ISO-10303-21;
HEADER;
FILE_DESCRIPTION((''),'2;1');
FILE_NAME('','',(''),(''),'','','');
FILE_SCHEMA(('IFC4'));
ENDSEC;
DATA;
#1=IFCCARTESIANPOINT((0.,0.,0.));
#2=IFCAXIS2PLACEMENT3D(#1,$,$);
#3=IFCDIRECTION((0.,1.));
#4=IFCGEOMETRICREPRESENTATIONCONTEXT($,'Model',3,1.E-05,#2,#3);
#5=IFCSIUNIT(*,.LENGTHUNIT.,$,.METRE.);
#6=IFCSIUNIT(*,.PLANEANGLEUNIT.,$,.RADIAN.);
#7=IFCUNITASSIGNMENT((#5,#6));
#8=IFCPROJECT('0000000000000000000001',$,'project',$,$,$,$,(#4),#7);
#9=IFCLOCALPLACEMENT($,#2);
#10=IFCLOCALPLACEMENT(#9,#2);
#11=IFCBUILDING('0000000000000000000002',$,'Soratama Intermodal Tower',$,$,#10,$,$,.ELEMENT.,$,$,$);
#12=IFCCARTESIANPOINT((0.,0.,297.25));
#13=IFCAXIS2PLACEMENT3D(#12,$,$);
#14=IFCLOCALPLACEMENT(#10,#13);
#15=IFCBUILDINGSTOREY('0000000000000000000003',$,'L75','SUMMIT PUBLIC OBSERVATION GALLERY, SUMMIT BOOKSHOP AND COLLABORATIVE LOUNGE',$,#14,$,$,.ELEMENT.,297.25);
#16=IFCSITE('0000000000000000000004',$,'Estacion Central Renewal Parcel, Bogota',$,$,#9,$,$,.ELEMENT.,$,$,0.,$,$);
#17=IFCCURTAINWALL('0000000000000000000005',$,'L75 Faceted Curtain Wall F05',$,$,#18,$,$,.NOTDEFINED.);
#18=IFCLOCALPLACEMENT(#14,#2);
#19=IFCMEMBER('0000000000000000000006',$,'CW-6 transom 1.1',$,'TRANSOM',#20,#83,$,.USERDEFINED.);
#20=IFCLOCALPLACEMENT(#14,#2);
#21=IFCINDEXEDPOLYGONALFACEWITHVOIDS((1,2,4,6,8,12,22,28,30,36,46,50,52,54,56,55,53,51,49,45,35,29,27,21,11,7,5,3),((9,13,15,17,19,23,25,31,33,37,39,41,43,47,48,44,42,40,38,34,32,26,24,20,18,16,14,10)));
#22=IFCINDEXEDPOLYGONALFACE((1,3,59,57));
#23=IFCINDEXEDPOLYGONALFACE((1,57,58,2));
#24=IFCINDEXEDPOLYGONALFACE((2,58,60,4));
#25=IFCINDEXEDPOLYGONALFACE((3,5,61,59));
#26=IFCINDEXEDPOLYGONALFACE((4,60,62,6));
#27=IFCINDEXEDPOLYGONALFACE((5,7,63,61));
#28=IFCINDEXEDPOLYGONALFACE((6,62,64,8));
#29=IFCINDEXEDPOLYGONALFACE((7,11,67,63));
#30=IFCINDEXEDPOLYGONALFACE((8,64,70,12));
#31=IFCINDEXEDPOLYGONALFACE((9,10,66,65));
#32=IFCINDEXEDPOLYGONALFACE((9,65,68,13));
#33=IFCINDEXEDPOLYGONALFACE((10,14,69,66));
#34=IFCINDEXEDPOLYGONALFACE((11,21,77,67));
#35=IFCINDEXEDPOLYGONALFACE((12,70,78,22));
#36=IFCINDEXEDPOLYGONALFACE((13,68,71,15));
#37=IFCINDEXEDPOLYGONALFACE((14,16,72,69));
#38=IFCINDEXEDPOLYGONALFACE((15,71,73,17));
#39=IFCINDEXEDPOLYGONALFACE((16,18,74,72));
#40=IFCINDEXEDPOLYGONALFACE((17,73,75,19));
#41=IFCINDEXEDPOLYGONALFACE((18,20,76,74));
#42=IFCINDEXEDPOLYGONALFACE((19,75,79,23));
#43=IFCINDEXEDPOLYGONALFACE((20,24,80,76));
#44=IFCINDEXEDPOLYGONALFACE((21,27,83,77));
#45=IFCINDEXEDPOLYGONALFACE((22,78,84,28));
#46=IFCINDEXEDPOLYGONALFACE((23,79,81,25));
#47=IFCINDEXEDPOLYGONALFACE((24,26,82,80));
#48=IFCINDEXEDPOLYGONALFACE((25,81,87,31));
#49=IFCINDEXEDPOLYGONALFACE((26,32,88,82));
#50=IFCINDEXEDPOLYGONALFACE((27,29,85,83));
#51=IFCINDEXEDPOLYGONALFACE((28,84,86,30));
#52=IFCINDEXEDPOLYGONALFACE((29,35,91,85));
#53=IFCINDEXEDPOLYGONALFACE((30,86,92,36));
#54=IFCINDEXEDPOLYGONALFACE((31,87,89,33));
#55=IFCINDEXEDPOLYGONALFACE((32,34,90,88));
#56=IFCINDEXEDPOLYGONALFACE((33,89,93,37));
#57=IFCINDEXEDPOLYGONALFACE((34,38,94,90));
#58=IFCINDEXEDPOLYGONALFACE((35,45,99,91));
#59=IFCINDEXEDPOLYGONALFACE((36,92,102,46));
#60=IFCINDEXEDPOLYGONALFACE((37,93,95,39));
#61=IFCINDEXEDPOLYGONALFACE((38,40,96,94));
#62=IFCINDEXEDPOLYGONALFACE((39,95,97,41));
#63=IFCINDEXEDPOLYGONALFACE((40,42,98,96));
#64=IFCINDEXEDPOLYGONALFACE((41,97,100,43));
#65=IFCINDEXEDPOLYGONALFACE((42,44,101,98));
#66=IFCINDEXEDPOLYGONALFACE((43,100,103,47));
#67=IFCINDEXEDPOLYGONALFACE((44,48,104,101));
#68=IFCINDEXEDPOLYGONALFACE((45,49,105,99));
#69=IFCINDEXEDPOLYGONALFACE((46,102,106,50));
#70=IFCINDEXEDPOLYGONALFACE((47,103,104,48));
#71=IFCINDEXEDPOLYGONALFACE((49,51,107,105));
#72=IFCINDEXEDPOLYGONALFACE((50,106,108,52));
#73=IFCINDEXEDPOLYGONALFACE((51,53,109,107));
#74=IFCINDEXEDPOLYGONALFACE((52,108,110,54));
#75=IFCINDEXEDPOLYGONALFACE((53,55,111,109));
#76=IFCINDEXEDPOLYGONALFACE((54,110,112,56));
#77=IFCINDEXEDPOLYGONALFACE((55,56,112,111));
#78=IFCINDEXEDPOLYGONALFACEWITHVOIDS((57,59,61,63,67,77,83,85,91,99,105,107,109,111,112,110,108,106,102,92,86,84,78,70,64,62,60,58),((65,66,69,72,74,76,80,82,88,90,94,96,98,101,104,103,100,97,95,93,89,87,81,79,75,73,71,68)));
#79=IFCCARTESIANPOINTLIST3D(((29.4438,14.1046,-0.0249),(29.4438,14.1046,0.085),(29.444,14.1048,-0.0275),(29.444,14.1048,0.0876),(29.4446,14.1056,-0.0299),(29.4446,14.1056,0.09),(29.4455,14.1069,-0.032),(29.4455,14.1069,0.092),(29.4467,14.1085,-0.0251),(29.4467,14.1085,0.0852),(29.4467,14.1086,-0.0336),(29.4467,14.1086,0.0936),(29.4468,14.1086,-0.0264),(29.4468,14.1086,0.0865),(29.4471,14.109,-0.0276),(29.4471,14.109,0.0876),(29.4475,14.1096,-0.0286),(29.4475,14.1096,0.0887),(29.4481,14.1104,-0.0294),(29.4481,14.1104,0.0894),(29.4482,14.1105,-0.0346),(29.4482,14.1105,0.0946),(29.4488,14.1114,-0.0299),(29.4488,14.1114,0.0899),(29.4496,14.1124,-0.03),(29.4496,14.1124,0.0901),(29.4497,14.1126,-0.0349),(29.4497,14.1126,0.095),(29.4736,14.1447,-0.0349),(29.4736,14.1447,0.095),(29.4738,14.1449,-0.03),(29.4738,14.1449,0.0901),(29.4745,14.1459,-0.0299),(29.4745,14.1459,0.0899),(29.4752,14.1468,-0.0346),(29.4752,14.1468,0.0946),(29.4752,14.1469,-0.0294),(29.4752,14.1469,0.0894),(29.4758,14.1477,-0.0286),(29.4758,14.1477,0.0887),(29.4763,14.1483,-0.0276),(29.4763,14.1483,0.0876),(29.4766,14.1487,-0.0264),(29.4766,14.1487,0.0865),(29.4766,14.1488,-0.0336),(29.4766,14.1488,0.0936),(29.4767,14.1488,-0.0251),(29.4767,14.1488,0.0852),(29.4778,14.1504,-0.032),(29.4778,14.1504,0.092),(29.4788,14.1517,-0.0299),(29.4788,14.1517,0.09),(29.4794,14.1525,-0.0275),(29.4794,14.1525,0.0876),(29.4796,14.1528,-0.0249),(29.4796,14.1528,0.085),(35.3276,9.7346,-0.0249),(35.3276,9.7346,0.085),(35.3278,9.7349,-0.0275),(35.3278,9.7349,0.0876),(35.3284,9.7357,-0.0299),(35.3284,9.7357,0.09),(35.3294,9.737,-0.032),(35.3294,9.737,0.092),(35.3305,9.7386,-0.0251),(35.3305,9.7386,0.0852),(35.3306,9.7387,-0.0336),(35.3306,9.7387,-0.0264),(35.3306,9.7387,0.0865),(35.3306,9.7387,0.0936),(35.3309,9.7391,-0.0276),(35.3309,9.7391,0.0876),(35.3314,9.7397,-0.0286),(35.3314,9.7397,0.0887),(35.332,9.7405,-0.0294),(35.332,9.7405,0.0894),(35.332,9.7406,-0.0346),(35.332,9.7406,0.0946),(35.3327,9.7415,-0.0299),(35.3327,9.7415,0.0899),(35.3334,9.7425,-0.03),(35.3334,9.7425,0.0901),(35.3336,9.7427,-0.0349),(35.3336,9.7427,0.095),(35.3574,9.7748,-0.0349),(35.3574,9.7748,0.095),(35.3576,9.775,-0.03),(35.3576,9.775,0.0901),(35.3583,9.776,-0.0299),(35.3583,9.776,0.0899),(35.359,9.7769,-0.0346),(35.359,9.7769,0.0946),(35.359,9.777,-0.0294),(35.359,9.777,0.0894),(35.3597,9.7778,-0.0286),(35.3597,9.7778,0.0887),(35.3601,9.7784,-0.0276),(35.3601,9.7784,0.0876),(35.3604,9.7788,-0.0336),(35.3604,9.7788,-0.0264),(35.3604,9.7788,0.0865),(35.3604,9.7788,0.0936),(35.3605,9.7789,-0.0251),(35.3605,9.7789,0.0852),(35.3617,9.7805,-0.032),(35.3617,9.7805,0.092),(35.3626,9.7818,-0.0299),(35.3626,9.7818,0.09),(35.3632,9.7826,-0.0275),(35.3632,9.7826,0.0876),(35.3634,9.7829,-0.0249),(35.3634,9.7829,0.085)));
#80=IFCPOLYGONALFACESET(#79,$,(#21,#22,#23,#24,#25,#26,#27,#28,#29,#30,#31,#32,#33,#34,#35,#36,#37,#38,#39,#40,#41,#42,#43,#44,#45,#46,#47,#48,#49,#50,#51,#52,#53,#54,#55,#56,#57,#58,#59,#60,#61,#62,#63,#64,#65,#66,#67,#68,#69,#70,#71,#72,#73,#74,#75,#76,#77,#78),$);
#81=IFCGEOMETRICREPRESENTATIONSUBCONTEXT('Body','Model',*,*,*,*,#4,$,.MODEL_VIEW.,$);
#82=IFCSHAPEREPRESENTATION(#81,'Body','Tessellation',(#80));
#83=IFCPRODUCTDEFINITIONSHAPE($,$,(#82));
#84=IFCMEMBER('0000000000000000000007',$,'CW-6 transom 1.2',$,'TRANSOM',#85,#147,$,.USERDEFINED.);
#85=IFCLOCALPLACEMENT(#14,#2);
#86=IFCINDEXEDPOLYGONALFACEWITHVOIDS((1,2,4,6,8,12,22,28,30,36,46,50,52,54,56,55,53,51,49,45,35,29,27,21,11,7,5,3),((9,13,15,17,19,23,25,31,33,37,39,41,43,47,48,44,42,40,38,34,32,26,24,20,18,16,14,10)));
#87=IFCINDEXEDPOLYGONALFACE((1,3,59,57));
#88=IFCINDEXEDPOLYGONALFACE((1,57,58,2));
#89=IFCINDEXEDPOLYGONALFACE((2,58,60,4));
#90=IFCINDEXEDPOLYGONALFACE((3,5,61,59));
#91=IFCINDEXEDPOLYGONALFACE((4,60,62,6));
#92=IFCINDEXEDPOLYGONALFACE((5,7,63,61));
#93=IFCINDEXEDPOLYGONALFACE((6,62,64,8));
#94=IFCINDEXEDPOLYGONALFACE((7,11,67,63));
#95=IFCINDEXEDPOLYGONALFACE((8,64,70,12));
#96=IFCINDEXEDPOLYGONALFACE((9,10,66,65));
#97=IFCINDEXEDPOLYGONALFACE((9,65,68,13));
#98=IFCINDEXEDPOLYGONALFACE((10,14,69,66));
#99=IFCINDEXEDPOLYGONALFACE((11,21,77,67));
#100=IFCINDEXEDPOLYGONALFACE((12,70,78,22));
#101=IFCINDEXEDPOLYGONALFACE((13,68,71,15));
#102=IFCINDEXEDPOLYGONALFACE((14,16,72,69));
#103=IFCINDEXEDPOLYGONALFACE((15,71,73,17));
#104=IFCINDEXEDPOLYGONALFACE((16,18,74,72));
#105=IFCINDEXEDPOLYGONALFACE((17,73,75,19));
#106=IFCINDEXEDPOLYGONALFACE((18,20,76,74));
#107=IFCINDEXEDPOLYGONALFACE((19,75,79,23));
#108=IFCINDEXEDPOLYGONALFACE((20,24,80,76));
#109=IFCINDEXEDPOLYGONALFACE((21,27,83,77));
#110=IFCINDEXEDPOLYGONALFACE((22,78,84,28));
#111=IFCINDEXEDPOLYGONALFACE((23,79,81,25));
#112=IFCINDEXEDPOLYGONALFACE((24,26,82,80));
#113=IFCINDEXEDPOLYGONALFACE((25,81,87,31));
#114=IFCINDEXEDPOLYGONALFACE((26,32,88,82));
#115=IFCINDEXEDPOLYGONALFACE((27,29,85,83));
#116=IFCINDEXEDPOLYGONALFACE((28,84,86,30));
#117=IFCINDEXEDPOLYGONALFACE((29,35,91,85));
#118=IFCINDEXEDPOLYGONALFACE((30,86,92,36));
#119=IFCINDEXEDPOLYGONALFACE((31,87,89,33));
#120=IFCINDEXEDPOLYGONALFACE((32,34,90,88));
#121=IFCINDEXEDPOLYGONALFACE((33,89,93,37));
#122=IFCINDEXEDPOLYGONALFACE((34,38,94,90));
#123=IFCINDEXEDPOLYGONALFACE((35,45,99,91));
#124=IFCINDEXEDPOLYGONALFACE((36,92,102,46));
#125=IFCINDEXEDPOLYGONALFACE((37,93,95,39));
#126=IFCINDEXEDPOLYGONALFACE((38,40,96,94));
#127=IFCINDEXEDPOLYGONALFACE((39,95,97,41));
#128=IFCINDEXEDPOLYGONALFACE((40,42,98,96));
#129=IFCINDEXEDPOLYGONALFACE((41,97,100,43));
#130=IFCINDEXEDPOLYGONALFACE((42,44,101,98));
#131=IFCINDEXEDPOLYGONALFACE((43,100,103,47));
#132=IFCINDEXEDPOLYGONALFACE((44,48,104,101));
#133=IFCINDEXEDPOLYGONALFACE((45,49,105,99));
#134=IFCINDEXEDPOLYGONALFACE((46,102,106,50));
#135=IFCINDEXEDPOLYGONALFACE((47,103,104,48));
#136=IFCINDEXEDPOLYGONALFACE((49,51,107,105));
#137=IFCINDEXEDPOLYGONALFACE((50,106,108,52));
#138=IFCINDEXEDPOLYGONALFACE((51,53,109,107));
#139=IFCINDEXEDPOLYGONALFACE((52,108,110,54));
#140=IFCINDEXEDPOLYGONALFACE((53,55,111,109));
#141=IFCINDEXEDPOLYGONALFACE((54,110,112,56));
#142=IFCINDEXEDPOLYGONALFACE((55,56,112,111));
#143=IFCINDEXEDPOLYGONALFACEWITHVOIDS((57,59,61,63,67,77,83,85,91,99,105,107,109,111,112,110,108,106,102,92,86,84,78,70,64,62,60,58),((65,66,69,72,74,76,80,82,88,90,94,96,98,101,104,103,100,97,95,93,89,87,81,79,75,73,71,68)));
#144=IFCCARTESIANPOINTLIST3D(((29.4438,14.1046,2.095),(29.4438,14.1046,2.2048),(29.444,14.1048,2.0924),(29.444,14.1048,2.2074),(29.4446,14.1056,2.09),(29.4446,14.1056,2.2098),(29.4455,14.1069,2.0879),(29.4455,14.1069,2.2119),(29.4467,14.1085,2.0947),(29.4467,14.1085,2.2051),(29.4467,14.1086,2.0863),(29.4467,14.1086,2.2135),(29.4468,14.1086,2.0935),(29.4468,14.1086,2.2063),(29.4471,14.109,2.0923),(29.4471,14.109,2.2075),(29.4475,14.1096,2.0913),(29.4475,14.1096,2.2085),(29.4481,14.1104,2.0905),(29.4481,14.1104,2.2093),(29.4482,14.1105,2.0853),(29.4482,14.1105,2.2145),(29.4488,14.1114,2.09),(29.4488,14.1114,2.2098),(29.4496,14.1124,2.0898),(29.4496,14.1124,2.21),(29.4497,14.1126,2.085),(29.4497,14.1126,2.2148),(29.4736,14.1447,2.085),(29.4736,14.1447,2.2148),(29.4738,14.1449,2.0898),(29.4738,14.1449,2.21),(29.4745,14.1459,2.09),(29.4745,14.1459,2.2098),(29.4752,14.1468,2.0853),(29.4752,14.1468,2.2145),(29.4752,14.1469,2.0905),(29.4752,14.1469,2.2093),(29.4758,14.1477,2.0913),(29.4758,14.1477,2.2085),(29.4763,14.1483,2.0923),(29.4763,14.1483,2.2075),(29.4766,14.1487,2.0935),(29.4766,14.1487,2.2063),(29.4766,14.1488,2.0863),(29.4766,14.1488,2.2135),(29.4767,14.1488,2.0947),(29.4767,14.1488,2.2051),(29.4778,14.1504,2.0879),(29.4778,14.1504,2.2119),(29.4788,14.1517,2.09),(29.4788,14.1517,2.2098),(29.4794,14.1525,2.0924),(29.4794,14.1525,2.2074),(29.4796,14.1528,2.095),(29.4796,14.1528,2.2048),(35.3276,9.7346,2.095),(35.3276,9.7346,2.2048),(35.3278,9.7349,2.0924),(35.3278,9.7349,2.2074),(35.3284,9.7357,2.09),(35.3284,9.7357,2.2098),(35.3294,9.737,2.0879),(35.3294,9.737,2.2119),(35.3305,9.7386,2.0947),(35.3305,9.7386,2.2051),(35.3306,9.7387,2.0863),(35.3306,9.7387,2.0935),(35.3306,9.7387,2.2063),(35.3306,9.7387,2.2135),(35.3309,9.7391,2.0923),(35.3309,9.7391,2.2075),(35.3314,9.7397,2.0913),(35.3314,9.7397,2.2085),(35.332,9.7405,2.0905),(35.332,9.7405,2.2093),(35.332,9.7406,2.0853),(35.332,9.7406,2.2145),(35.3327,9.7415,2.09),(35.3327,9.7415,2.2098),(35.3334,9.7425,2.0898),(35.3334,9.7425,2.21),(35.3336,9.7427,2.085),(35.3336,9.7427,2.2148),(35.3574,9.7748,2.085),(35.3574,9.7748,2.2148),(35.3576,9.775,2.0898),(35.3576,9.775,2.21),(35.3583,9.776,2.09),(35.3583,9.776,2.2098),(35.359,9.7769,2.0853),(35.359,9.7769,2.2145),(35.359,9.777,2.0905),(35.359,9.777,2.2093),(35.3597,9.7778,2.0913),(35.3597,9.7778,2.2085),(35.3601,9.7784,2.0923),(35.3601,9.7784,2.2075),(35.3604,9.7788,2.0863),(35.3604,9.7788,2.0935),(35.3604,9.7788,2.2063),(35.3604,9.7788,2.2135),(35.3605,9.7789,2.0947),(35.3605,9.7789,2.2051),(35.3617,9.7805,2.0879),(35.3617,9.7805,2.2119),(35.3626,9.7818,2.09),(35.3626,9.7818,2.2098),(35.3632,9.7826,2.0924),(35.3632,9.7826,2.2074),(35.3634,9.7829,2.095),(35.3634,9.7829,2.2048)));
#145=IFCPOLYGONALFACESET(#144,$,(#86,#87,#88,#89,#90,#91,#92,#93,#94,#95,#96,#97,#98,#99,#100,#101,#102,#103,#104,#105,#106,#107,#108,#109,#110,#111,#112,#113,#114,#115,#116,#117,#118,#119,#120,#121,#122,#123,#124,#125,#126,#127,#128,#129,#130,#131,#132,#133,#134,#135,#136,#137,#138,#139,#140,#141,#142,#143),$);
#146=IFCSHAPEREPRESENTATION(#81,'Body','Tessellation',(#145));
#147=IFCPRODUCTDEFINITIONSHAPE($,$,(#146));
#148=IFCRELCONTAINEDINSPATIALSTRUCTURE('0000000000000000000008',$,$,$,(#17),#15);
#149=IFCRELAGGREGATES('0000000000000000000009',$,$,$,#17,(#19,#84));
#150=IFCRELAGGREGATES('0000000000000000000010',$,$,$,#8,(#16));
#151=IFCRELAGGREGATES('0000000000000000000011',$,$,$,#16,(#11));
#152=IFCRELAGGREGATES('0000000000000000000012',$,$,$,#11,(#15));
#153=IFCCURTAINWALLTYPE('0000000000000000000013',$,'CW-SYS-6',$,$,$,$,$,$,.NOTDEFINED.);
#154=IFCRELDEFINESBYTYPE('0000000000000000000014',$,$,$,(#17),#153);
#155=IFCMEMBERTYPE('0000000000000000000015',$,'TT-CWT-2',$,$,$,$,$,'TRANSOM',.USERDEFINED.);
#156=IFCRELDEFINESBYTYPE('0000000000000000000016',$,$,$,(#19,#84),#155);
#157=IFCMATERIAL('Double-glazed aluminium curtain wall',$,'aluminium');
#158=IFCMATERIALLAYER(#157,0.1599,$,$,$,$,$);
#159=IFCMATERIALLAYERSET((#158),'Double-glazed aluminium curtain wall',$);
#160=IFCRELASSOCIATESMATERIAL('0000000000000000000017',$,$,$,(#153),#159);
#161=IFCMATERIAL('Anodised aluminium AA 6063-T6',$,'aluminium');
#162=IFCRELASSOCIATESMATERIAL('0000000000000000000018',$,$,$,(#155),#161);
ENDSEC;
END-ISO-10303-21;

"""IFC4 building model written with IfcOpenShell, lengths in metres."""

from ifc_helpers import new_model, si_unit, direction, frame, origin, origin_2d, place, context, subcontext, project, spatial, hollow_rectangle, extrude, material, layer, layer_set, material_profile, profile_set, type_object, element, aggregate, save


model = new_model("IFC4")

# Units and contexts
model_context = context("Model", 3, precision=1e-05, world=origin(), true_north=direction((0.0, 1.0)))
body_context = subcontext(model_context, "Body", "Model", "MODEL_VIEW")
ifc_project = project(units=[si_unit("LENGTHUNIT", "METRE"), si_unit("PLANEANGLEUNIT", "RADIAN")], contexts=[model_context])

# Site, building, storey
site_placement = place(None, origin())
site = spatial("IfcSite", under=ifc_project, at=site_placement, Name="Estacion Central Renewal Parcel, Bogota", CompositionType="ELEMENT", RefElevation=0.0)
building_placement = place(site_placement, origin())
building = spatial("IfcBuilding", under=site, at=building_placement, Name="Soratama Intermodal Tower", CompositionType="ELEMENT")
storey_placement = place(building_placement, frame((0.0, 0.0, 297.25)))
storey = spatial("IfcBuildingStorey", under=building, at=storey_placement, Name="L75", Description="SUMMIT PUBLIC OBSERVATION GALLERY, SUMMIT BOOKSHOP AND COLLABORATIVE LOUNGE", CompositionType="ELEMENT", Elevation=297.25)

# Shared definitions
ifc_material_1 = material(Name="Double-glazed aluminium curtain wall", Category="aluminium")
ifc_layer_1 = layer(ifc_material_1, 0.1599)
ifc_layer_set_1 = layer_set([ifc_layer_1], Name="Double-glazed aluminium curtain wall")
curtain_wall_type = type_object("IfcCurtainWallType", Name="CW-SYS-6", PredefinedType="NOTDEFINED", material=ifc_layer_set_1)

# Curtain wall
curtain_wall_1_placement = place(storey_placement, origin())
curtain_wall_1 = element("IfcCurtainWall", 1, at=curtain_wall_1_placement, inside=storey, type_object=curtain_wall_type, Name="L75 Faceted Curtain Wall F05", PredefinedType="NOTDEFINED")

# Members
ifc_material_2 = material(Name="Anodised aluminium AA 6063-T6", Category="aluminium")
ifc_material_profile_1 = material_profile(ifc_material_2, hollow_rectangle(XDim=0.0601, YDim=0.1299, WallThickness=0.0049, InnerFilletRadius=0.0049, OuterFilletRadius=0.01, at=origin_2d()), Name="CWT130X60X5")
ifc_profile_set_1 = profile_set([ifc_material_profile_1], Name="Anodised aluminium AA 6063-T6")
member_type_1 = type_object("IfcMemberType", Name="TT-CWT-2", ElementType="TRANSOM", PredefinedType="USERDEFINED", material=ifc_profile_set_1)
member_1_placement = place(storey_placement, frame((29.4617, 14.1287, 0.03), z_axis=(0.802805, -0.596241, 0.0), x_axis=(0.596241, 0.802805, 0.0)))
member_1 = element("IfcMember", 2, at=member_1_placement, type_object=member_type_1, Name="CW-6 transom 1.1", ObjectType="TRANSOM", PredefinedType="USERDEFINED", context=body_context, shape_type="SweptSolid", body=[
    extrude(hollow_rectangle(XDim=0.0601, YDim=0.1299, WallThickness=0.0049, InnerFilletRadius=0.0049, OuterFilletRadius=0.01, at=origin_2d()), origin(), (0.0, 0.0, 1.0), 7.3291),
])
member_2_placement = place(storey_placement, frame((29.4617, 14.1287, 2.1499), z_axis=(0.802805, -0.596241, 0.0), x_axis=(0.596241, 0.802805, 0.0)))
member_2 = element("IfcMember", 3, at=member_2_placement, type_object=member_type_1, Name="CW-6 transom 1.2", ObjectType="TRANSOM", PredefinedType="USERDEFINED", context=body_context, shape_type="SweptSolid", body=[
    extrude(hollow_rectangle(XDim=0.0601, YDim=0.1299, WallThickness=0.0049, InnerFilletRadius=0.0049, OuterFilletRadius=0.01, at=origin_2d()), origin(), (0.0, 0.0, 1.0), 7.3291),
])

aggregate(curtain_wall_1, [member_1, member_2])

save(model, "model.ifc")
